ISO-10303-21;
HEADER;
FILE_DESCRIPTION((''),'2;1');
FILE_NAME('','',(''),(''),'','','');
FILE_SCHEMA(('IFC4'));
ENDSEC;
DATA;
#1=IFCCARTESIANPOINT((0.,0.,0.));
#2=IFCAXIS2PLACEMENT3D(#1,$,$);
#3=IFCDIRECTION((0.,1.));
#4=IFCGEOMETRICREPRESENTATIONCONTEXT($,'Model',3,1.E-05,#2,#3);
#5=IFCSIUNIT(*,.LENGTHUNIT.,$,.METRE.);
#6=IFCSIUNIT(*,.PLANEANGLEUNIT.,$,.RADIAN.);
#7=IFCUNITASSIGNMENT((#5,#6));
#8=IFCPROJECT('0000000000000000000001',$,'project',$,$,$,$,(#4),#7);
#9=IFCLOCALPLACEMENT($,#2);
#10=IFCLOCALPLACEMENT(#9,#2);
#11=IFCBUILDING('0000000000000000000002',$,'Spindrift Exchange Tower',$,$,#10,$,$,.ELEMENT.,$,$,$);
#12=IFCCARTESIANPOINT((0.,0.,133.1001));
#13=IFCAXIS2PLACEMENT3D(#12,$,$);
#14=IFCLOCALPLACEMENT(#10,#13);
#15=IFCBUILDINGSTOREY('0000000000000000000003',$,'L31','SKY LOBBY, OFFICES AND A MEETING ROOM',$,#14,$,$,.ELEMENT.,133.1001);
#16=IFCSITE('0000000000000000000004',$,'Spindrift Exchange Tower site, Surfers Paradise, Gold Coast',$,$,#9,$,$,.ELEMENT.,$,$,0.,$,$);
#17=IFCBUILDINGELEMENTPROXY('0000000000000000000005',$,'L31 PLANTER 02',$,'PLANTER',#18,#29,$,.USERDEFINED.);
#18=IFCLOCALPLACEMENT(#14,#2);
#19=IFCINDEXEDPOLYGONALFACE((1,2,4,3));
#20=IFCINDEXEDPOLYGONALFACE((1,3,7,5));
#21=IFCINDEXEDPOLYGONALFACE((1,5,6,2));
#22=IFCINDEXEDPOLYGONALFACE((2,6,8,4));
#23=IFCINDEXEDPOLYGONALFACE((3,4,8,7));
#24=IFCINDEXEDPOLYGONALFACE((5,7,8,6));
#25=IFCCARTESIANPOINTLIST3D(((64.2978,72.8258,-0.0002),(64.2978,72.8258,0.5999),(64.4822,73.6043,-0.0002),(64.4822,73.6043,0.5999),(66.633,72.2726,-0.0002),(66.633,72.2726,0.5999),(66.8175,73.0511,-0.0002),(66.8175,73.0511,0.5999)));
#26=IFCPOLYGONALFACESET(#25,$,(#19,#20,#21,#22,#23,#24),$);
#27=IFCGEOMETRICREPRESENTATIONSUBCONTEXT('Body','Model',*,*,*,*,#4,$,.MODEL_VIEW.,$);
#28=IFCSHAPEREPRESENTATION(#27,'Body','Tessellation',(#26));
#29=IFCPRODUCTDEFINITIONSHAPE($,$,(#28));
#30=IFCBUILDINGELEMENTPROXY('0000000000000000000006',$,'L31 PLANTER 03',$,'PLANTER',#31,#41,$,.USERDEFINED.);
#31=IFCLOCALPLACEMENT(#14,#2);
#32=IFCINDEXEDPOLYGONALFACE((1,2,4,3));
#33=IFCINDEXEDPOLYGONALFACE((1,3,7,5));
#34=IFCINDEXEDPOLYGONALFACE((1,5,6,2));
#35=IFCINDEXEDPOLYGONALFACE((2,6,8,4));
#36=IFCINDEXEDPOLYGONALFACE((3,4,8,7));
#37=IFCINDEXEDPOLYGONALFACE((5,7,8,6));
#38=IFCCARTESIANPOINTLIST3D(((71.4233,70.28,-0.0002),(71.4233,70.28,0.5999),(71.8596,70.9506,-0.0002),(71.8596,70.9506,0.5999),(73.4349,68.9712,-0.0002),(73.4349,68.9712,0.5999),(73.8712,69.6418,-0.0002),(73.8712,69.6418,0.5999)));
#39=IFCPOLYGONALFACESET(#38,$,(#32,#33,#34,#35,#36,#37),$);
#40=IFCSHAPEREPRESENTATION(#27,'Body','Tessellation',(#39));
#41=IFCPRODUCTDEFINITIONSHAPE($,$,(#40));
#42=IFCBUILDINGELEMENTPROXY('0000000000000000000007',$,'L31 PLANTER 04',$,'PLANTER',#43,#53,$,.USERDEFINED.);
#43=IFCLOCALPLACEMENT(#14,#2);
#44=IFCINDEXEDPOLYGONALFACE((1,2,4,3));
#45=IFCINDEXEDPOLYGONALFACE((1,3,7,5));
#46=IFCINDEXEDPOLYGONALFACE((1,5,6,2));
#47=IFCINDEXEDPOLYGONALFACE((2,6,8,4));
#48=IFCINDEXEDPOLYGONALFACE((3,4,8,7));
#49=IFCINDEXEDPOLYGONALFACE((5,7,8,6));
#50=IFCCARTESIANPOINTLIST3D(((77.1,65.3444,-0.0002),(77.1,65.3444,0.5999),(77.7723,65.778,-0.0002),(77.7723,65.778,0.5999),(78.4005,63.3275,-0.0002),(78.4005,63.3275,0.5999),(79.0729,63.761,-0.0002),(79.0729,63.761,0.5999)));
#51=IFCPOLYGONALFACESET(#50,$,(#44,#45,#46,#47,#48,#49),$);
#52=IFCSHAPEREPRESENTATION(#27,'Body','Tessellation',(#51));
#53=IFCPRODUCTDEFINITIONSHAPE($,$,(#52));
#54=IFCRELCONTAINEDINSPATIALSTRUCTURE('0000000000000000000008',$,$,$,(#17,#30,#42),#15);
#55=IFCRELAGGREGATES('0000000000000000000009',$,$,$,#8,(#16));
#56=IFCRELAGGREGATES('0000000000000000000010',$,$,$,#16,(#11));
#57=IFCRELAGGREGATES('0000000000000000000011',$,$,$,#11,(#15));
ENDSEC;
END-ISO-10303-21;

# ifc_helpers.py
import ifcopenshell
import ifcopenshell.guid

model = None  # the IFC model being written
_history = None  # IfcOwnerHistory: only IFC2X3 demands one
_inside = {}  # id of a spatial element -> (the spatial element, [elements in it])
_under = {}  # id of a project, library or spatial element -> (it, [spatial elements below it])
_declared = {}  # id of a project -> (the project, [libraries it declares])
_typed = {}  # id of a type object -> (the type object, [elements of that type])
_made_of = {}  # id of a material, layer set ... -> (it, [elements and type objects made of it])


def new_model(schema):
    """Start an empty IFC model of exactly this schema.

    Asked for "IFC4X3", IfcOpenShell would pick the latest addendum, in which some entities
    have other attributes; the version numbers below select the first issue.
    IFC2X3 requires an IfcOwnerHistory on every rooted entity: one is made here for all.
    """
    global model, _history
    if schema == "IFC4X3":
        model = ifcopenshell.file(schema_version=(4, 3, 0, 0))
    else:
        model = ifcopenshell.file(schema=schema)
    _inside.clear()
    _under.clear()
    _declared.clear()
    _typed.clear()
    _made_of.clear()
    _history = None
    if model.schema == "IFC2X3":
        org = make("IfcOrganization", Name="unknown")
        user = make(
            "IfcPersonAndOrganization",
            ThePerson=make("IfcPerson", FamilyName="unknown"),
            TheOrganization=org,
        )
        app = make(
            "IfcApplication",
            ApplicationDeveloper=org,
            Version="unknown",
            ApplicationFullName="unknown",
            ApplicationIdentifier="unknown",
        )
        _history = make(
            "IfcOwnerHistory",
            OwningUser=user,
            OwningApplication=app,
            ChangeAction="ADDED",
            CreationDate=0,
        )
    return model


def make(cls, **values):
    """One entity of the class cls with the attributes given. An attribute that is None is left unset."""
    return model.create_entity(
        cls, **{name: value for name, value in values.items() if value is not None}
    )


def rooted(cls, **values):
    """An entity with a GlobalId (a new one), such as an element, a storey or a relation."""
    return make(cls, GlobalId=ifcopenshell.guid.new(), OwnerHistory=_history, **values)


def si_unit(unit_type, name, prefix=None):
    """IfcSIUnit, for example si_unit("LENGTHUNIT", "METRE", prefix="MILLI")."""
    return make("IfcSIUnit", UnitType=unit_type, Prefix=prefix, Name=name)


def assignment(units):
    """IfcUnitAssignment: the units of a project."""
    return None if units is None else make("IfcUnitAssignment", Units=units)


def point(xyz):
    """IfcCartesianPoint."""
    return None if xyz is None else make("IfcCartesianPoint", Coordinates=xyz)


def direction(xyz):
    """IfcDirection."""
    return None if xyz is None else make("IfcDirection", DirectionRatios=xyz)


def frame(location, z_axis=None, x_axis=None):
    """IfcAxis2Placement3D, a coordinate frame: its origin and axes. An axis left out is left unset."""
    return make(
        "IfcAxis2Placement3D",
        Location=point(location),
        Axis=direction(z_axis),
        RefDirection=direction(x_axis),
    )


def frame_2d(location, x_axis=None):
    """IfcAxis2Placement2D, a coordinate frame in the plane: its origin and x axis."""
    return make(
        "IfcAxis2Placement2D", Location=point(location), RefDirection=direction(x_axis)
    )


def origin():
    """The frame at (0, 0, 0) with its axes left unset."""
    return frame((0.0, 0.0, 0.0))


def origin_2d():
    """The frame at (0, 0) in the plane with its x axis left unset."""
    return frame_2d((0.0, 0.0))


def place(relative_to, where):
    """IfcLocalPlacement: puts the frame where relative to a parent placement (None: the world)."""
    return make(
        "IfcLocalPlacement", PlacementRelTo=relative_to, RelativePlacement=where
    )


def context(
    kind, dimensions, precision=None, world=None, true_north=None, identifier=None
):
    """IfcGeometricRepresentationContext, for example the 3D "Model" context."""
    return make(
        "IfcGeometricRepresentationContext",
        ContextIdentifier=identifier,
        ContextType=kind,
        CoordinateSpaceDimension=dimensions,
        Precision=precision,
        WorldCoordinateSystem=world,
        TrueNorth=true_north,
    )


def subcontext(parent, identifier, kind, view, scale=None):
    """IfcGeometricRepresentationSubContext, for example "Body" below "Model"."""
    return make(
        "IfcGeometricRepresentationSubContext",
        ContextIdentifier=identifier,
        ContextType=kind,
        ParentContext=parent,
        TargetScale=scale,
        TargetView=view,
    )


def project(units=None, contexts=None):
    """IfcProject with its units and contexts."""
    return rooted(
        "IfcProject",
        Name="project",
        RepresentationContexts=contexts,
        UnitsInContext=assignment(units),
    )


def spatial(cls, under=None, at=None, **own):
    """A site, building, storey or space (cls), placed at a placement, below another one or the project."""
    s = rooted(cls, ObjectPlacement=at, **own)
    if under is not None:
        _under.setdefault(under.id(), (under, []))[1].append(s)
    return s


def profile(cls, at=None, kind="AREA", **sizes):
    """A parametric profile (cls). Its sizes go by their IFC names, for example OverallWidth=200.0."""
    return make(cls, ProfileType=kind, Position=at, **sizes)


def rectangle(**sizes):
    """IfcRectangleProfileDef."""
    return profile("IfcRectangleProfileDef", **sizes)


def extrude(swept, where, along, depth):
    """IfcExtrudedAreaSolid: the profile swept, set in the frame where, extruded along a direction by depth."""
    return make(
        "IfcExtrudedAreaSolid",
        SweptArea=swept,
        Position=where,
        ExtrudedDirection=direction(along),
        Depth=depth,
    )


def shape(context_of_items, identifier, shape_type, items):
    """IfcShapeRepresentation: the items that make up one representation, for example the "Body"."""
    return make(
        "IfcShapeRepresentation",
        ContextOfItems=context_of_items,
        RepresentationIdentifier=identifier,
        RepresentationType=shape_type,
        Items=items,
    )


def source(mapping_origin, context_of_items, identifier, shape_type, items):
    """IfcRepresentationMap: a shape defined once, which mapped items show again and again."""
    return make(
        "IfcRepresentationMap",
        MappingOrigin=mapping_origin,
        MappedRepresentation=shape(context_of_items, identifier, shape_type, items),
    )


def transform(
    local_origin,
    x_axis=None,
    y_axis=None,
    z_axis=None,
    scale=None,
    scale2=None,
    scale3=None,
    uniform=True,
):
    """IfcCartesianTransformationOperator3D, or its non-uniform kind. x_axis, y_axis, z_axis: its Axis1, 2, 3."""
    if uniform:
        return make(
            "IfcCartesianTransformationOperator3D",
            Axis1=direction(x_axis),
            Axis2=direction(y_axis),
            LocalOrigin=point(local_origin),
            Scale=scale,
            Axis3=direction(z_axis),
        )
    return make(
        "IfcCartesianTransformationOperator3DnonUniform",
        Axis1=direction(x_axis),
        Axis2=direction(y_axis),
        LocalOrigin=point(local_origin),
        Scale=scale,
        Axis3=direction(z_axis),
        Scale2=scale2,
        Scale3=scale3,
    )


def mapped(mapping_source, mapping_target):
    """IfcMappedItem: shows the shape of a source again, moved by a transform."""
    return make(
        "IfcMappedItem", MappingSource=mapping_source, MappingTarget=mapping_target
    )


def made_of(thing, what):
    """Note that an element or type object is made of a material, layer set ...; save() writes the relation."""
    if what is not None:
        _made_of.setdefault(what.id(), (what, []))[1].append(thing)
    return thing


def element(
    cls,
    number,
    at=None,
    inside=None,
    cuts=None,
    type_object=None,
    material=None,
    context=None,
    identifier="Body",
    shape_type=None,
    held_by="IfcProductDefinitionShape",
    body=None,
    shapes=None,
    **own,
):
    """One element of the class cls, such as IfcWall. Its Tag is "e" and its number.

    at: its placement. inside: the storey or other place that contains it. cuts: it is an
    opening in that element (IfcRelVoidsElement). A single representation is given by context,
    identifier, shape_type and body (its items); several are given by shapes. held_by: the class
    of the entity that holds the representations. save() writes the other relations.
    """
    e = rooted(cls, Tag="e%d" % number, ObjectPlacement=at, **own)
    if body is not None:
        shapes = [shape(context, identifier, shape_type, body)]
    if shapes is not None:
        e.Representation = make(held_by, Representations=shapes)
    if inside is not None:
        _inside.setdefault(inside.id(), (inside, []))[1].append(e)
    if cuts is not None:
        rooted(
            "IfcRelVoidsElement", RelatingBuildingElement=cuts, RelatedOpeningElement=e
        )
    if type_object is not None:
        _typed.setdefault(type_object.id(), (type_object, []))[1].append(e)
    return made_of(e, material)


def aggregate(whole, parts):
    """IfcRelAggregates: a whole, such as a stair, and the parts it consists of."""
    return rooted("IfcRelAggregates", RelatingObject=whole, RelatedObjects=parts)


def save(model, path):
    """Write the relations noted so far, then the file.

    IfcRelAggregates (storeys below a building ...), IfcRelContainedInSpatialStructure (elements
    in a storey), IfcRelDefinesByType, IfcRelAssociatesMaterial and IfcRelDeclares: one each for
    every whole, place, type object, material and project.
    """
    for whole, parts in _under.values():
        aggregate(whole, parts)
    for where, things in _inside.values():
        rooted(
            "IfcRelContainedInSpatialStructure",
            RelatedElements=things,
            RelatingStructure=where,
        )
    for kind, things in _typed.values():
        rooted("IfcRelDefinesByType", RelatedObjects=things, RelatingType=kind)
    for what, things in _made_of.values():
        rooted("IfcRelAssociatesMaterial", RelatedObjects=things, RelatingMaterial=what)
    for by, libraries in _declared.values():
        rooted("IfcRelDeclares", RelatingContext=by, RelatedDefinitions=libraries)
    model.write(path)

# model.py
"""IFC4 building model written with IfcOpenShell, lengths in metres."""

from ifc_helpers import new_model, si_unit, direction, frame, origin, origin_2d, place, context, subcontext, project, spatial, rectangle, extrude, source, transform, mapped, element, save


model = new_model("IFC4")

# Units and contexts
model_context = context("Model", 3, precision=1e-05, world=origin(), true_north=direction((0.0, 1.0)))
body_context = subcontext(model_context, "Body", "Model", "MODEL_VIEW")
ifc_project = project(units=[si_unit("LENGTHUNIT", "METRE"), si_unit("PLANEANGLEUNIT", "RADIAN")], contexts=[model_context])

# Site, building, storey
site_placement = place(None, origin())
site = spatial("IfcSite", under=ifc_project, at=site_placement, Name="Spindrift Exchange Tower site, Surfers Paradise, Gold Coast", CompositionType="ELEMENT", RefElevation=0.0)
building_placement = place(site_placement, origin())
building = spatial("IfcBuilding", under=site, at=building_placement, Name="Spindrift Exchange Tower", CompositionType="ELEMENT")
storey_placement = place(building_placement, frame((0.0, 0.0, 133.1001)))
storey = spatial("IfcBuildingStorey", under=building, at=storey_placement, Name="L31", Description="SKY LOBBY, OFFICES AND A MEETING ROOM", CompositionType="ELEMENT", Elevation=133.1001)

# Building element proxies
shared_shape_1 = source(origin(), body_context, "Body", "SweptSolid", [
    extrude(rectangle(XDim=2.3999, YDim=0.8, at=origin_2d()), origin(), (0.0, 0.0, 1.0), 0.6001),
])
for number, where, z_axis, x_axis, name in (
    (1, (65.5576, 72.9385, -0.0002), (0.0, 0.0, 1.0), (0.973068, -0.23052, 0.0), "L31 PLANTER 02"),
    (2, (72.6472, 69.9609, -0.0002), (0.0, 0.0, 1.0), (0.838209, -0.545349, 0.0), "L31 PLANTER 03"),
    (3, (78.0864, 64.5527, -0.0002), (0.0, 0.0, 1.0), (0.541925, -0.840427, 0.0), "L31 PLANTER 04"),
):
    element("IfcBuildingElementProxy", number, at=place(storey_placement, frame(where, z_axis=z_axis, x_axis=x_axis)), inside=storey, Name=name, ObjectType="PLANTER", PredefinedType="USERDEFINED", context=body_context, shape_type="MappedRepresentation", body=[
        mapped(shared_shape_1, transform((0.0, 0.0, 0.0), scale=1.0)),
    ])

save(model, "model.ifc")
